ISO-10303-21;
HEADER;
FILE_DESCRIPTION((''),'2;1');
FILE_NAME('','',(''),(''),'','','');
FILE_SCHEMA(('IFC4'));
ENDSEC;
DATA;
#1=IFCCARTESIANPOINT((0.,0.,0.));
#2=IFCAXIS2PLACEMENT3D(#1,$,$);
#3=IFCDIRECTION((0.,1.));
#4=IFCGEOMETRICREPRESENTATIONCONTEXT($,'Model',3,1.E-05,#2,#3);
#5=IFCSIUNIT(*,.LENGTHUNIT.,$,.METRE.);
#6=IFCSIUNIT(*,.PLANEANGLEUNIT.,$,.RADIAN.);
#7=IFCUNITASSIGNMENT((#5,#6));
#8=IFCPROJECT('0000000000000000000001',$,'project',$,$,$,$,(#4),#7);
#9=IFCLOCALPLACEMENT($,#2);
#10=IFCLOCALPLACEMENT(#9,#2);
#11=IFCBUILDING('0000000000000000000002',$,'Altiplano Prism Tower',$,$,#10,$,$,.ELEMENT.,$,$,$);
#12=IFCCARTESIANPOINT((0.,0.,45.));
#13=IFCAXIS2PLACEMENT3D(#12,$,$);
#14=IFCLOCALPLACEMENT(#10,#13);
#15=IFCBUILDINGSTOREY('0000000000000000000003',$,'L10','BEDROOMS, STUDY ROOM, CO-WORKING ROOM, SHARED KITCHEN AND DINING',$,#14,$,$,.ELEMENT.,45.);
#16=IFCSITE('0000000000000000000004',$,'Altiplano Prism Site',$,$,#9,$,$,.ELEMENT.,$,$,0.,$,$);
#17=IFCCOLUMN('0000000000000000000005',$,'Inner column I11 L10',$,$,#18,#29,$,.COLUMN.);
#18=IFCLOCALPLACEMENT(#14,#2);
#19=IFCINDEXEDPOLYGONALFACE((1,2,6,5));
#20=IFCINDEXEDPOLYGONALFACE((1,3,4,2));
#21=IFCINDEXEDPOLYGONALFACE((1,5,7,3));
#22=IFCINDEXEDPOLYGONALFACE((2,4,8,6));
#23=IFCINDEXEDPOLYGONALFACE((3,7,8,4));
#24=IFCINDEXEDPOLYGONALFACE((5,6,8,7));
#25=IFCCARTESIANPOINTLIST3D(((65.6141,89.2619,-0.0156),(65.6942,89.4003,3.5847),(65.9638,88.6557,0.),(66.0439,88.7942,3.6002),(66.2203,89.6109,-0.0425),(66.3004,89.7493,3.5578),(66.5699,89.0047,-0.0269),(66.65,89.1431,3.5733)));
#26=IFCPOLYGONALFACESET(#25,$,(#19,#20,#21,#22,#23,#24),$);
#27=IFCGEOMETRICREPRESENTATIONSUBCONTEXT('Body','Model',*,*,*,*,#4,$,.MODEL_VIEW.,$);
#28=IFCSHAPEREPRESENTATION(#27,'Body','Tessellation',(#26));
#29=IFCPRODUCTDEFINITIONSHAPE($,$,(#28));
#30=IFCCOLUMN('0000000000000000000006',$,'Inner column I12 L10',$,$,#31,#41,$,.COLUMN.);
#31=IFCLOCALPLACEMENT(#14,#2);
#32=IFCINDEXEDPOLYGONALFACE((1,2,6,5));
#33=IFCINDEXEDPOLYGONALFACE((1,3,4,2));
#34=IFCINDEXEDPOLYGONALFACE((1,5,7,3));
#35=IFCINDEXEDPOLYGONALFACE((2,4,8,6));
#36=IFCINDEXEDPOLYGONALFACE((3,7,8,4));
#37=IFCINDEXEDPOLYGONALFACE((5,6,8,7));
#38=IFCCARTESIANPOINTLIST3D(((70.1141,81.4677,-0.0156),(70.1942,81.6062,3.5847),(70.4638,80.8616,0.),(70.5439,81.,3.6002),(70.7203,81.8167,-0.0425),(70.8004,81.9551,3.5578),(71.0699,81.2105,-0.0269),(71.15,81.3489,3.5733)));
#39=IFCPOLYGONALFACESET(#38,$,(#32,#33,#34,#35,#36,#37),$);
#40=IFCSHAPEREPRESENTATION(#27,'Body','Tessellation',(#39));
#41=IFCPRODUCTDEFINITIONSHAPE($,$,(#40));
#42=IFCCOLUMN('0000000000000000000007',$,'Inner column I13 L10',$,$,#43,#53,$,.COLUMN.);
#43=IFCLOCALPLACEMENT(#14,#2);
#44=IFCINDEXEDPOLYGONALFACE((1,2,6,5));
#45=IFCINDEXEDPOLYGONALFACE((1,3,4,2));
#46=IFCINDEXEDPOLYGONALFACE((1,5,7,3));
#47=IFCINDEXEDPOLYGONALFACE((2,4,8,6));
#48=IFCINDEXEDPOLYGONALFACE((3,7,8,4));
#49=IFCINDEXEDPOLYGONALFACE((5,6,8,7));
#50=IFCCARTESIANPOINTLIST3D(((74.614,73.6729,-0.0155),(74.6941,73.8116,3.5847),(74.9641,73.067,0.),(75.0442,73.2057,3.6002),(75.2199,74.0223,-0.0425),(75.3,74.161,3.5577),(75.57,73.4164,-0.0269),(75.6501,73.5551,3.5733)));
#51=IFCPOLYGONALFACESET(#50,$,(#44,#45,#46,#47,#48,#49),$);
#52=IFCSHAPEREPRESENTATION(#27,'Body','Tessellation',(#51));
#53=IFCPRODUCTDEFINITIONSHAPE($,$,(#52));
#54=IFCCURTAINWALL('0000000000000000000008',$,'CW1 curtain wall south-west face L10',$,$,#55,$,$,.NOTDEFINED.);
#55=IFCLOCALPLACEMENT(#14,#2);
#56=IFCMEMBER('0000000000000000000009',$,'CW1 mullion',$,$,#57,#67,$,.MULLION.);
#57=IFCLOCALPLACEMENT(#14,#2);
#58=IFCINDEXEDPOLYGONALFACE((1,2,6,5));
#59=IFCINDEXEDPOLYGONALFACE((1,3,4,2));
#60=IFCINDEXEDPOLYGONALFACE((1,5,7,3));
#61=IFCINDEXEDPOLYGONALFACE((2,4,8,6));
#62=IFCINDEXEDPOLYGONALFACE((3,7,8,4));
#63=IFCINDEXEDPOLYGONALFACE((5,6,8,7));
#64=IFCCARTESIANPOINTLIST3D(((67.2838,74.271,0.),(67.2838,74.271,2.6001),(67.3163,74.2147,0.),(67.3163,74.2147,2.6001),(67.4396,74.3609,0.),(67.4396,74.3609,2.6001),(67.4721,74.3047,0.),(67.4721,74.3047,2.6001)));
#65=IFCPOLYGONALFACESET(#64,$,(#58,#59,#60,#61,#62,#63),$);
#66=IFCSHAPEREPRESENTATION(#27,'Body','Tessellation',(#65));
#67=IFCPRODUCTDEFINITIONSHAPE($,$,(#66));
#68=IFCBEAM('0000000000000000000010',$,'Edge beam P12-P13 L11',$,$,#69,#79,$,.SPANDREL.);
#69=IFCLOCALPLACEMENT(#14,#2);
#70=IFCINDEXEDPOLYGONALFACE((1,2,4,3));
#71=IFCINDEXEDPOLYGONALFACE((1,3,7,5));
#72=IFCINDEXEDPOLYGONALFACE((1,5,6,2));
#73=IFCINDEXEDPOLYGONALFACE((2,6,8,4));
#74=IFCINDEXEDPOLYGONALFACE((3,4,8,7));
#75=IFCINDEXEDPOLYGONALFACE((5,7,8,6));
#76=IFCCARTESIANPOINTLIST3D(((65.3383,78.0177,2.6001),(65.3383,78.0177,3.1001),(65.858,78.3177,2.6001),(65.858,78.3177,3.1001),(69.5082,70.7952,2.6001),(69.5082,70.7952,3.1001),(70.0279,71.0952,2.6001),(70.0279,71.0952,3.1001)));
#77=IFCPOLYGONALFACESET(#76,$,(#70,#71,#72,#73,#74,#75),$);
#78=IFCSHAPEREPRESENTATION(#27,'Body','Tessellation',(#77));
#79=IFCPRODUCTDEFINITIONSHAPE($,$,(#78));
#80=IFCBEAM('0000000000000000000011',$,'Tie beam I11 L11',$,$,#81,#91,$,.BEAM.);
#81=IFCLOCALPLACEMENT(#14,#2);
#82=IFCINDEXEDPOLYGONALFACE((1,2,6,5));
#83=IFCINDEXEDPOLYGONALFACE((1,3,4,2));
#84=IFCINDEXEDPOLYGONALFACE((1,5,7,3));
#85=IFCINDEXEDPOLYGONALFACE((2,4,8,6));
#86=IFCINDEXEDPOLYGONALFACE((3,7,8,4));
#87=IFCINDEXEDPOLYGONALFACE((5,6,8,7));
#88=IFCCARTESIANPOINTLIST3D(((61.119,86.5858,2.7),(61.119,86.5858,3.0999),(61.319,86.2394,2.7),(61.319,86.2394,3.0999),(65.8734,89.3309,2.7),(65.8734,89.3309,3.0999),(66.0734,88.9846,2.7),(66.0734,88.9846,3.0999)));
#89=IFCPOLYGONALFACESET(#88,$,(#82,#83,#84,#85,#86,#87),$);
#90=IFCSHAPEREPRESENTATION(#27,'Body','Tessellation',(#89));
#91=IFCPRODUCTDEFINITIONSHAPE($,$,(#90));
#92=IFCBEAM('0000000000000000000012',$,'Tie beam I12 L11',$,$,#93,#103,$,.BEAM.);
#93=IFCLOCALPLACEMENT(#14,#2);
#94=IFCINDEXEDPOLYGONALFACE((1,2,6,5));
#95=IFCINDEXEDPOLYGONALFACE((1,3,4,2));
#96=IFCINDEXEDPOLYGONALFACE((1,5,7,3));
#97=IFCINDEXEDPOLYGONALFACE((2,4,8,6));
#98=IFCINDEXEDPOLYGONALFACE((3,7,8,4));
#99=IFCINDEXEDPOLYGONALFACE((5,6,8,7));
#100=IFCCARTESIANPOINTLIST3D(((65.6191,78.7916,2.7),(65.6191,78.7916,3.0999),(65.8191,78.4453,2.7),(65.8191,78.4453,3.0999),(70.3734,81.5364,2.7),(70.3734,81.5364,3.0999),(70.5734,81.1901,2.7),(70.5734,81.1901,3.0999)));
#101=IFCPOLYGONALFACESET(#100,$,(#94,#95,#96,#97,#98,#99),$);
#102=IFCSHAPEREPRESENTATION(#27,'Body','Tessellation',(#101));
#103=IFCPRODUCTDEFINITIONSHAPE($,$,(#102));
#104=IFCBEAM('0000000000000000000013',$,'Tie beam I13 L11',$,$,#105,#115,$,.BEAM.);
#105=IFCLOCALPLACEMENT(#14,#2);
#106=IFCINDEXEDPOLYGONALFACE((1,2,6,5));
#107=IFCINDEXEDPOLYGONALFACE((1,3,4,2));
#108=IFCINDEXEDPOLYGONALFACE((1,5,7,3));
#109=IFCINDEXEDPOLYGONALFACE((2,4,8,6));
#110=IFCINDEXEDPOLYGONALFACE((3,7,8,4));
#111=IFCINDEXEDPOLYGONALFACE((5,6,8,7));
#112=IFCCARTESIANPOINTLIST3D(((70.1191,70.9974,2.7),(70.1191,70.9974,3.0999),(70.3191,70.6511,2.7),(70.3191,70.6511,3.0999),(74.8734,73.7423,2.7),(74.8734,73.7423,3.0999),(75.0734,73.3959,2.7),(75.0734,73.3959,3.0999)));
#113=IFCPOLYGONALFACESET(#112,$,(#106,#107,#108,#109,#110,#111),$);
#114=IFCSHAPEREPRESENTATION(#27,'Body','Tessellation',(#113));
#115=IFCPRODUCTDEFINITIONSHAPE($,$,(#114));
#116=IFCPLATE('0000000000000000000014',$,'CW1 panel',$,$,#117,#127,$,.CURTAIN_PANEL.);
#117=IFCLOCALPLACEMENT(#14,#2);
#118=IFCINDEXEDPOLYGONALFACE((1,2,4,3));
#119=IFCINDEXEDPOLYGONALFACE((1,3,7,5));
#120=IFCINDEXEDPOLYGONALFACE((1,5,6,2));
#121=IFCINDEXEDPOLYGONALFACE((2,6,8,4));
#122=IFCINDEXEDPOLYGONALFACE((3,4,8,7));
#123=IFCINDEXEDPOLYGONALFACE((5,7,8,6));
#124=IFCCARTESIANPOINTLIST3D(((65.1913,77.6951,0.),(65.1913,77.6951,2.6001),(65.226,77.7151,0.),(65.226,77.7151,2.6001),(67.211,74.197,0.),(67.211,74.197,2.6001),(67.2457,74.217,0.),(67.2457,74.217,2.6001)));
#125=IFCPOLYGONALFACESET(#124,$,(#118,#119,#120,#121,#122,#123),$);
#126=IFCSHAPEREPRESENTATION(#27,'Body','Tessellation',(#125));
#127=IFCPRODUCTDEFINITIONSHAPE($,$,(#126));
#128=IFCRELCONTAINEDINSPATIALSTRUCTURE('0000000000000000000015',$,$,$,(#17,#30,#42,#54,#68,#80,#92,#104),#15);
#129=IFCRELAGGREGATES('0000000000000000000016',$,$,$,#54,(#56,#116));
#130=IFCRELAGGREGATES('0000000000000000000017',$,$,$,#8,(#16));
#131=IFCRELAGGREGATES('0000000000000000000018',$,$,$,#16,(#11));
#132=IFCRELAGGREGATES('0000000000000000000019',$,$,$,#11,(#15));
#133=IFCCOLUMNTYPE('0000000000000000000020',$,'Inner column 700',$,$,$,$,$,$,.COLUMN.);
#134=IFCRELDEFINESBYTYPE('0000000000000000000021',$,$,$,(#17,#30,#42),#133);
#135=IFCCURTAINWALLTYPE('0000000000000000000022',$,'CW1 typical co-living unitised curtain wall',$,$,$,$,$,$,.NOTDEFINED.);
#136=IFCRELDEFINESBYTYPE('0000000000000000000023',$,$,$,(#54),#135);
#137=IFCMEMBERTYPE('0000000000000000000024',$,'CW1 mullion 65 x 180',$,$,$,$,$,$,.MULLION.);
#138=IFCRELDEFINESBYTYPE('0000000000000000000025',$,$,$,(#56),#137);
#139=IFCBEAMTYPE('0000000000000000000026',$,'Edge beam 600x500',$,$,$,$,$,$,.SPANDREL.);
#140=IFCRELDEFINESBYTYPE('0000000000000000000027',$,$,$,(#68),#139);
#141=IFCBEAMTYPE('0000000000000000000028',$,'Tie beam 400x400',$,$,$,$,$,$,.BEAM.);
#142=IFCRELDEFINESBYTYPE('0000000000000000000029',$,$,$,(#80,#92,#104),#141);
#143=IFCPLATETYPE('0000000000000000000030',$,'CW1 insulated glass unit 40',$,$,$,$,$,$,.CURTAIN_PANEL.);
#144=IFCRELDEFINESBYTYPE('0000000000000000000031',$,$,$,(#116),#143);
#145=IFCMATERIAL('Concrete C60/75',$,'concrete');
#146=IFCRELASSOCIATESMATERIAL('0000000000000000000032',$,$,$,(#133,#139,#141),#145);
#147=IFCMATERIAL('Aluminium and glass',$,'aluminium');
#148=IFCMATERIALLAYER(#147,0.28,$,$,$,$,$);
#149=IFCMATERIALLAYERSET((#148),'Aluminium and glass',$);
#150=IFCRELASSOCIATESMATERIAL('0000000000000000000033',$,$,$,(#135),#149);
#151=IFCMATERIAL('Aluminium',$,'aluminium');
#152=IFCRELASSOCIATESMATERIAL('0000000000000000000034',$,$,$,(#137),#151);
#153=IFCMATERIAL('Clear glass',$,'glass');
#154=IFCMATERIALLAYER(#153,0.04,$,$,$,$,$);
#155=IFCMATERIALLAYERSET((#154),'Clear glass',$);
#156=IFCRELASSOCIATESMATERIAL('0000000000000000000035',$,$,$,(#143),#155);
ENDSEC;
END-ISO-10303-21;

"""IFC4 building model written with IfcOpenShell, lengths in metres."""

from ifc_helpers import new_model, si_unit, direction, frame, origin, origin_2d, place, context, subcontext, project, spatial, rectangle, extrude, material, layer, layer_set, material_profile, profile_set, type_object, element, aggregate, save


model = new_model("IFC4")

# Units and contexts
model_context = context("Model", 3, precision=1e-05, world=origin(), true_north=direction((0.0, 1.0)))
body_context = subcontext(model_context, "Body", "Model", "MODEL_VIEW")
ifc_project = project(units=[si_unit("LENGTHUNIT", "METRE"), si_unit("PLANEANGLEUNIT", "RADIAN")], contexts=[model_context])

# Site, building, storey
site_placement = place(None, origin())
site = spatial("IfcSite", under=ifc_project, at=site_placement, Name="Altiplano Prism Site", CompositionType="ELEMENT", RefElevation=0.0)
building_placement = place(site_placement, origin())
building = spatial("IfcBuilding", under=site, at=building_placement, Name="Altiplano Prism Tower", CompositionType="ELEMENT")
storey_placement = place(building_placement, frame((0.0, 0.0, 45.0)))
storey = spatial("IfcBuildingStorey", under=building, at=storey_placement, Name="L10", Description="BEDROOMS, STUDY ROOM, CO-WORKING ROOM, SHARED KITCHEN AND DINING", CompositionType="ELEMENT", Elevation=45.0)

# Columns
ifc_material_1 = material(Name="Concrete C60/75", Category="concrete")
ifc_material_profile_1 = material_profile(ifc_material_1, rectangle(XDim=0.7, YDim=0.7, at=origin_2d()), Name="Inner column 700")
ifc_profile_set_1 = profile_set([ifc_material_profile_1], Name="Concrete C60/75")
column_type = type_object("IfcColumnType", Name="Inner column 700", PredefinedType="COLUMN", material=ifc_profile_set_1)
for number, where, z_axis, x_axis, name in (
    (1, (66.092, 89.1333, -0.0212), (0.022221, 0.038413, 0.999015), (-0.866023, -0.498525, 0.038432), "Inner column I11 L10"),
    (2, (70.592, 81.3391, -0.0212), (0.022221, 0.038413, 0.999015), (-0.866019, -0.498532, 0.038432), "Inner column I12 L10"),
    (3, (75.092, 73.5447, -0.0212), (0.022221, 0.038481, 0.999012), (-0.865639, -0.499187, 0.038483), "Inner column I13 L10"),
):
    element("IfcColumn", number, at=place(storey_placement, frame(where, z_axis=z_axis, x_axis=x_axis)), inside=storey, type_object=column_type, Name=name, PredefinedType="COLUMN", context=body_context, shape_type="SweptSolid", body=[
        extrude(rectangle(XDim=0.7, YDim=0.7, at=origin_2d()), origin(), (0.0, 0.0, 1.0), 3.6038),
    ])

# Curtain wall, member
ifc_material_2 = material(Name="Aluminium and glass", Category="aluminium")
ifc_layer_1 = layer(ifc_material_2, 0.28)
ifc_layer_set_1 = layer_set([ifc_layer_1], Name="Aluminium and glass")
curtain_wall_type = type_object("IfcCurtainWallType", Name="CW1 typical co-living unitised curtain wall", PredefinedType="NOTDEFINED", material=ifc_layer_set_1)
curtain_wall_placement = place(storey_placement, origin())
curtain_wall = element("IfcCurtainWall", 4, at=curtain_wall_placement, inside=storey, type_object=curtain_wall_type, Name="CW1 curtain wall south-west face L10", PredefinedType="NOTDEFINED")
ifc_material_3 = material(Name="Aluminium", Category="aluminium")
ifc_material_profile_2 = material_profile(ifc_material_3, rectangle(XDim=0.1799, YDim=0.0649, at=origin_2d()), Name="CW1 mullion 65 x 180")
ifc_profile_set_2 = profile_set([ifc_material_profile_2], Name="Aluminium")
member_type = type_object("IfcMemberType", Name="CW1 mullion 65 x 180", PredefinedType="MULLION", material=ifc_profile_set_2)
member_placement = place(storey_placement, frame((67.3779, 74.2878, 0.0), z_axis=(0.0, 0.0, 1.0), x_axis=(0.866025, 0.5, 0.0)))
member = element("IfcMember", 5, at=member_placement, type_object=member_type, Name="CW1 mullion", PredefinedType="MULLION", context=body_context, shape_type="SweptSolid", body=[
    extrude(rectangle(XDim=0.1799, YDim=0.0649, at=origin_2d()), origin(), (0.0, 0.0, 1.0), 2.6001),
])

# Beams
ifc_material_profile_3 = material_profile(ifc_material_1, rectangle(XDim=0.6001, YDim=0.5, at=origin_2d()), Name="Edge beam 600x500")
ifc_profile_set_3 = profile_set([ifc_material_profile_3], Name="Concrete C60/75")
beam_type_1 = type_object("IfcBeamType", Name="Edge beam 600x500", PredefinedType="SPANDREL", material=ifc_profile_set_3)
beam_1_placement = place(storey_placement, frame((65.5981, 78.1677, 2.8501), z_axis=(0.499993, -0.86603, 0.0), x_axis=(0.86603, 0.499993, 0.0)))
element("IfcBeam", 6, at=beam_1_placement, inside=storey, type_object=beam_type_1, Name="Edge beam P12-P13 L11", PredefinedType="SPANDREL", context=body_context, shape_type="SweptSolid", body=[
    extrude(rectangle(XDim=0.6001, YDim=0.5, at=origin_2d()), origin(), (0.0, 0.0, 1.0), 8.3398),
])
ifc_material_profile_4 = material_profile(ifc_material_1, rectangle(XDim=0.3999, YDim=0.3999, at=origin_2d()), Name="Tie beam 400x400")
ifc_profile_set_4 = profile_set([ifc_material_profile_4], Name="Concrete C60/75")
beam_type_2 = type_object("IfcBeamType", Name="Tie beam 400x400", PredefinedType="BEAM", material=ifc_profile_set_4)
beam_2_placement = place(storey_placement, frame((65.9734, 89.1577, 2.8999), z_axis=(-0.866012, -0.500023, 0.0), x_axis=(0.500023, -0.866012, 0.0)))
element("IfcBeam", 7, at=beam_2_placement, inside=storey, type_object=beam_type_2, Name="Tie beam I11 L11", PredefinedType="BEAM", context=body_context, shape_type="SweptSolid", body=[
    extrude(rectangle(XDim=0.3999, YDim=0.3999, at=origin_2d()), origin(), (0.0, 0.0, 1.0), 5.49),
])
for number, where, z_axis, x_axis, name in (
    (8, (70.4734, 81.3633, 2.8999), (-0.866032, -0.499989, 0.0), (0.499989, -0.866032, 0.0), "Tie beam I12 L11"),
    (9, (74.9734, 73.5691, 2.8999), (-0.866032, -0.499989, 0.0), (0.499989, -0.866032, 0.0), "Tie beam I13 L11"),
):
    element("IfcBeam", number, at=place(storey_placement, frame(where, z_axis=z_axis, x_axis=x_axis)), inside=storey, type_object=beam_type_2, Name=name, PredefinedType="BEAM", context=body_context, shape_type="SweptSolid", body=[
        extrude(rectangle(XDim=0.3999, YDim=0.3999, at=origin_2d()), origin(), (0.0, 0.0, 1.0), 5.4897),
    ])

# Plate
ifc_material_4 = material(Name="Clear glass", Category="glass")
ifc_layer_2 = layer(ifc_material_4, 0.04)
ifc_layer_set_2 = layer_set([ifc_layer_2], Name="Clear glass")
plate_type = type_object("IfcPlateType", Name="CW1 insulated glass unit 40", PredefinedType="CURTAIN_PANEL", material=ifc_layer_set_2)
plate_placement = place(storey_placement, frame((66.2185, 75.9561, 0.0), z_axis=(0.0, 0.0, 1.0), x_axis=(0.5, -0.866025, 0.0)))
plate = element("IfcPlate", 10, at=plate_placement, type_object=plate_type, Name="CW1 panel", PredefinedType="CURTAIN_PANEL", context=body_context, shape_type="SweptSolid", body=[
    extrude(rectangle(XDim=4.0393, YDim=0.04, at=origin_2d()), origin(), (0.0, 0.0, 1.0), 2.6001),
])
aggregate(curtain_wall, [member, plate])

save(model, "model.ifc")
